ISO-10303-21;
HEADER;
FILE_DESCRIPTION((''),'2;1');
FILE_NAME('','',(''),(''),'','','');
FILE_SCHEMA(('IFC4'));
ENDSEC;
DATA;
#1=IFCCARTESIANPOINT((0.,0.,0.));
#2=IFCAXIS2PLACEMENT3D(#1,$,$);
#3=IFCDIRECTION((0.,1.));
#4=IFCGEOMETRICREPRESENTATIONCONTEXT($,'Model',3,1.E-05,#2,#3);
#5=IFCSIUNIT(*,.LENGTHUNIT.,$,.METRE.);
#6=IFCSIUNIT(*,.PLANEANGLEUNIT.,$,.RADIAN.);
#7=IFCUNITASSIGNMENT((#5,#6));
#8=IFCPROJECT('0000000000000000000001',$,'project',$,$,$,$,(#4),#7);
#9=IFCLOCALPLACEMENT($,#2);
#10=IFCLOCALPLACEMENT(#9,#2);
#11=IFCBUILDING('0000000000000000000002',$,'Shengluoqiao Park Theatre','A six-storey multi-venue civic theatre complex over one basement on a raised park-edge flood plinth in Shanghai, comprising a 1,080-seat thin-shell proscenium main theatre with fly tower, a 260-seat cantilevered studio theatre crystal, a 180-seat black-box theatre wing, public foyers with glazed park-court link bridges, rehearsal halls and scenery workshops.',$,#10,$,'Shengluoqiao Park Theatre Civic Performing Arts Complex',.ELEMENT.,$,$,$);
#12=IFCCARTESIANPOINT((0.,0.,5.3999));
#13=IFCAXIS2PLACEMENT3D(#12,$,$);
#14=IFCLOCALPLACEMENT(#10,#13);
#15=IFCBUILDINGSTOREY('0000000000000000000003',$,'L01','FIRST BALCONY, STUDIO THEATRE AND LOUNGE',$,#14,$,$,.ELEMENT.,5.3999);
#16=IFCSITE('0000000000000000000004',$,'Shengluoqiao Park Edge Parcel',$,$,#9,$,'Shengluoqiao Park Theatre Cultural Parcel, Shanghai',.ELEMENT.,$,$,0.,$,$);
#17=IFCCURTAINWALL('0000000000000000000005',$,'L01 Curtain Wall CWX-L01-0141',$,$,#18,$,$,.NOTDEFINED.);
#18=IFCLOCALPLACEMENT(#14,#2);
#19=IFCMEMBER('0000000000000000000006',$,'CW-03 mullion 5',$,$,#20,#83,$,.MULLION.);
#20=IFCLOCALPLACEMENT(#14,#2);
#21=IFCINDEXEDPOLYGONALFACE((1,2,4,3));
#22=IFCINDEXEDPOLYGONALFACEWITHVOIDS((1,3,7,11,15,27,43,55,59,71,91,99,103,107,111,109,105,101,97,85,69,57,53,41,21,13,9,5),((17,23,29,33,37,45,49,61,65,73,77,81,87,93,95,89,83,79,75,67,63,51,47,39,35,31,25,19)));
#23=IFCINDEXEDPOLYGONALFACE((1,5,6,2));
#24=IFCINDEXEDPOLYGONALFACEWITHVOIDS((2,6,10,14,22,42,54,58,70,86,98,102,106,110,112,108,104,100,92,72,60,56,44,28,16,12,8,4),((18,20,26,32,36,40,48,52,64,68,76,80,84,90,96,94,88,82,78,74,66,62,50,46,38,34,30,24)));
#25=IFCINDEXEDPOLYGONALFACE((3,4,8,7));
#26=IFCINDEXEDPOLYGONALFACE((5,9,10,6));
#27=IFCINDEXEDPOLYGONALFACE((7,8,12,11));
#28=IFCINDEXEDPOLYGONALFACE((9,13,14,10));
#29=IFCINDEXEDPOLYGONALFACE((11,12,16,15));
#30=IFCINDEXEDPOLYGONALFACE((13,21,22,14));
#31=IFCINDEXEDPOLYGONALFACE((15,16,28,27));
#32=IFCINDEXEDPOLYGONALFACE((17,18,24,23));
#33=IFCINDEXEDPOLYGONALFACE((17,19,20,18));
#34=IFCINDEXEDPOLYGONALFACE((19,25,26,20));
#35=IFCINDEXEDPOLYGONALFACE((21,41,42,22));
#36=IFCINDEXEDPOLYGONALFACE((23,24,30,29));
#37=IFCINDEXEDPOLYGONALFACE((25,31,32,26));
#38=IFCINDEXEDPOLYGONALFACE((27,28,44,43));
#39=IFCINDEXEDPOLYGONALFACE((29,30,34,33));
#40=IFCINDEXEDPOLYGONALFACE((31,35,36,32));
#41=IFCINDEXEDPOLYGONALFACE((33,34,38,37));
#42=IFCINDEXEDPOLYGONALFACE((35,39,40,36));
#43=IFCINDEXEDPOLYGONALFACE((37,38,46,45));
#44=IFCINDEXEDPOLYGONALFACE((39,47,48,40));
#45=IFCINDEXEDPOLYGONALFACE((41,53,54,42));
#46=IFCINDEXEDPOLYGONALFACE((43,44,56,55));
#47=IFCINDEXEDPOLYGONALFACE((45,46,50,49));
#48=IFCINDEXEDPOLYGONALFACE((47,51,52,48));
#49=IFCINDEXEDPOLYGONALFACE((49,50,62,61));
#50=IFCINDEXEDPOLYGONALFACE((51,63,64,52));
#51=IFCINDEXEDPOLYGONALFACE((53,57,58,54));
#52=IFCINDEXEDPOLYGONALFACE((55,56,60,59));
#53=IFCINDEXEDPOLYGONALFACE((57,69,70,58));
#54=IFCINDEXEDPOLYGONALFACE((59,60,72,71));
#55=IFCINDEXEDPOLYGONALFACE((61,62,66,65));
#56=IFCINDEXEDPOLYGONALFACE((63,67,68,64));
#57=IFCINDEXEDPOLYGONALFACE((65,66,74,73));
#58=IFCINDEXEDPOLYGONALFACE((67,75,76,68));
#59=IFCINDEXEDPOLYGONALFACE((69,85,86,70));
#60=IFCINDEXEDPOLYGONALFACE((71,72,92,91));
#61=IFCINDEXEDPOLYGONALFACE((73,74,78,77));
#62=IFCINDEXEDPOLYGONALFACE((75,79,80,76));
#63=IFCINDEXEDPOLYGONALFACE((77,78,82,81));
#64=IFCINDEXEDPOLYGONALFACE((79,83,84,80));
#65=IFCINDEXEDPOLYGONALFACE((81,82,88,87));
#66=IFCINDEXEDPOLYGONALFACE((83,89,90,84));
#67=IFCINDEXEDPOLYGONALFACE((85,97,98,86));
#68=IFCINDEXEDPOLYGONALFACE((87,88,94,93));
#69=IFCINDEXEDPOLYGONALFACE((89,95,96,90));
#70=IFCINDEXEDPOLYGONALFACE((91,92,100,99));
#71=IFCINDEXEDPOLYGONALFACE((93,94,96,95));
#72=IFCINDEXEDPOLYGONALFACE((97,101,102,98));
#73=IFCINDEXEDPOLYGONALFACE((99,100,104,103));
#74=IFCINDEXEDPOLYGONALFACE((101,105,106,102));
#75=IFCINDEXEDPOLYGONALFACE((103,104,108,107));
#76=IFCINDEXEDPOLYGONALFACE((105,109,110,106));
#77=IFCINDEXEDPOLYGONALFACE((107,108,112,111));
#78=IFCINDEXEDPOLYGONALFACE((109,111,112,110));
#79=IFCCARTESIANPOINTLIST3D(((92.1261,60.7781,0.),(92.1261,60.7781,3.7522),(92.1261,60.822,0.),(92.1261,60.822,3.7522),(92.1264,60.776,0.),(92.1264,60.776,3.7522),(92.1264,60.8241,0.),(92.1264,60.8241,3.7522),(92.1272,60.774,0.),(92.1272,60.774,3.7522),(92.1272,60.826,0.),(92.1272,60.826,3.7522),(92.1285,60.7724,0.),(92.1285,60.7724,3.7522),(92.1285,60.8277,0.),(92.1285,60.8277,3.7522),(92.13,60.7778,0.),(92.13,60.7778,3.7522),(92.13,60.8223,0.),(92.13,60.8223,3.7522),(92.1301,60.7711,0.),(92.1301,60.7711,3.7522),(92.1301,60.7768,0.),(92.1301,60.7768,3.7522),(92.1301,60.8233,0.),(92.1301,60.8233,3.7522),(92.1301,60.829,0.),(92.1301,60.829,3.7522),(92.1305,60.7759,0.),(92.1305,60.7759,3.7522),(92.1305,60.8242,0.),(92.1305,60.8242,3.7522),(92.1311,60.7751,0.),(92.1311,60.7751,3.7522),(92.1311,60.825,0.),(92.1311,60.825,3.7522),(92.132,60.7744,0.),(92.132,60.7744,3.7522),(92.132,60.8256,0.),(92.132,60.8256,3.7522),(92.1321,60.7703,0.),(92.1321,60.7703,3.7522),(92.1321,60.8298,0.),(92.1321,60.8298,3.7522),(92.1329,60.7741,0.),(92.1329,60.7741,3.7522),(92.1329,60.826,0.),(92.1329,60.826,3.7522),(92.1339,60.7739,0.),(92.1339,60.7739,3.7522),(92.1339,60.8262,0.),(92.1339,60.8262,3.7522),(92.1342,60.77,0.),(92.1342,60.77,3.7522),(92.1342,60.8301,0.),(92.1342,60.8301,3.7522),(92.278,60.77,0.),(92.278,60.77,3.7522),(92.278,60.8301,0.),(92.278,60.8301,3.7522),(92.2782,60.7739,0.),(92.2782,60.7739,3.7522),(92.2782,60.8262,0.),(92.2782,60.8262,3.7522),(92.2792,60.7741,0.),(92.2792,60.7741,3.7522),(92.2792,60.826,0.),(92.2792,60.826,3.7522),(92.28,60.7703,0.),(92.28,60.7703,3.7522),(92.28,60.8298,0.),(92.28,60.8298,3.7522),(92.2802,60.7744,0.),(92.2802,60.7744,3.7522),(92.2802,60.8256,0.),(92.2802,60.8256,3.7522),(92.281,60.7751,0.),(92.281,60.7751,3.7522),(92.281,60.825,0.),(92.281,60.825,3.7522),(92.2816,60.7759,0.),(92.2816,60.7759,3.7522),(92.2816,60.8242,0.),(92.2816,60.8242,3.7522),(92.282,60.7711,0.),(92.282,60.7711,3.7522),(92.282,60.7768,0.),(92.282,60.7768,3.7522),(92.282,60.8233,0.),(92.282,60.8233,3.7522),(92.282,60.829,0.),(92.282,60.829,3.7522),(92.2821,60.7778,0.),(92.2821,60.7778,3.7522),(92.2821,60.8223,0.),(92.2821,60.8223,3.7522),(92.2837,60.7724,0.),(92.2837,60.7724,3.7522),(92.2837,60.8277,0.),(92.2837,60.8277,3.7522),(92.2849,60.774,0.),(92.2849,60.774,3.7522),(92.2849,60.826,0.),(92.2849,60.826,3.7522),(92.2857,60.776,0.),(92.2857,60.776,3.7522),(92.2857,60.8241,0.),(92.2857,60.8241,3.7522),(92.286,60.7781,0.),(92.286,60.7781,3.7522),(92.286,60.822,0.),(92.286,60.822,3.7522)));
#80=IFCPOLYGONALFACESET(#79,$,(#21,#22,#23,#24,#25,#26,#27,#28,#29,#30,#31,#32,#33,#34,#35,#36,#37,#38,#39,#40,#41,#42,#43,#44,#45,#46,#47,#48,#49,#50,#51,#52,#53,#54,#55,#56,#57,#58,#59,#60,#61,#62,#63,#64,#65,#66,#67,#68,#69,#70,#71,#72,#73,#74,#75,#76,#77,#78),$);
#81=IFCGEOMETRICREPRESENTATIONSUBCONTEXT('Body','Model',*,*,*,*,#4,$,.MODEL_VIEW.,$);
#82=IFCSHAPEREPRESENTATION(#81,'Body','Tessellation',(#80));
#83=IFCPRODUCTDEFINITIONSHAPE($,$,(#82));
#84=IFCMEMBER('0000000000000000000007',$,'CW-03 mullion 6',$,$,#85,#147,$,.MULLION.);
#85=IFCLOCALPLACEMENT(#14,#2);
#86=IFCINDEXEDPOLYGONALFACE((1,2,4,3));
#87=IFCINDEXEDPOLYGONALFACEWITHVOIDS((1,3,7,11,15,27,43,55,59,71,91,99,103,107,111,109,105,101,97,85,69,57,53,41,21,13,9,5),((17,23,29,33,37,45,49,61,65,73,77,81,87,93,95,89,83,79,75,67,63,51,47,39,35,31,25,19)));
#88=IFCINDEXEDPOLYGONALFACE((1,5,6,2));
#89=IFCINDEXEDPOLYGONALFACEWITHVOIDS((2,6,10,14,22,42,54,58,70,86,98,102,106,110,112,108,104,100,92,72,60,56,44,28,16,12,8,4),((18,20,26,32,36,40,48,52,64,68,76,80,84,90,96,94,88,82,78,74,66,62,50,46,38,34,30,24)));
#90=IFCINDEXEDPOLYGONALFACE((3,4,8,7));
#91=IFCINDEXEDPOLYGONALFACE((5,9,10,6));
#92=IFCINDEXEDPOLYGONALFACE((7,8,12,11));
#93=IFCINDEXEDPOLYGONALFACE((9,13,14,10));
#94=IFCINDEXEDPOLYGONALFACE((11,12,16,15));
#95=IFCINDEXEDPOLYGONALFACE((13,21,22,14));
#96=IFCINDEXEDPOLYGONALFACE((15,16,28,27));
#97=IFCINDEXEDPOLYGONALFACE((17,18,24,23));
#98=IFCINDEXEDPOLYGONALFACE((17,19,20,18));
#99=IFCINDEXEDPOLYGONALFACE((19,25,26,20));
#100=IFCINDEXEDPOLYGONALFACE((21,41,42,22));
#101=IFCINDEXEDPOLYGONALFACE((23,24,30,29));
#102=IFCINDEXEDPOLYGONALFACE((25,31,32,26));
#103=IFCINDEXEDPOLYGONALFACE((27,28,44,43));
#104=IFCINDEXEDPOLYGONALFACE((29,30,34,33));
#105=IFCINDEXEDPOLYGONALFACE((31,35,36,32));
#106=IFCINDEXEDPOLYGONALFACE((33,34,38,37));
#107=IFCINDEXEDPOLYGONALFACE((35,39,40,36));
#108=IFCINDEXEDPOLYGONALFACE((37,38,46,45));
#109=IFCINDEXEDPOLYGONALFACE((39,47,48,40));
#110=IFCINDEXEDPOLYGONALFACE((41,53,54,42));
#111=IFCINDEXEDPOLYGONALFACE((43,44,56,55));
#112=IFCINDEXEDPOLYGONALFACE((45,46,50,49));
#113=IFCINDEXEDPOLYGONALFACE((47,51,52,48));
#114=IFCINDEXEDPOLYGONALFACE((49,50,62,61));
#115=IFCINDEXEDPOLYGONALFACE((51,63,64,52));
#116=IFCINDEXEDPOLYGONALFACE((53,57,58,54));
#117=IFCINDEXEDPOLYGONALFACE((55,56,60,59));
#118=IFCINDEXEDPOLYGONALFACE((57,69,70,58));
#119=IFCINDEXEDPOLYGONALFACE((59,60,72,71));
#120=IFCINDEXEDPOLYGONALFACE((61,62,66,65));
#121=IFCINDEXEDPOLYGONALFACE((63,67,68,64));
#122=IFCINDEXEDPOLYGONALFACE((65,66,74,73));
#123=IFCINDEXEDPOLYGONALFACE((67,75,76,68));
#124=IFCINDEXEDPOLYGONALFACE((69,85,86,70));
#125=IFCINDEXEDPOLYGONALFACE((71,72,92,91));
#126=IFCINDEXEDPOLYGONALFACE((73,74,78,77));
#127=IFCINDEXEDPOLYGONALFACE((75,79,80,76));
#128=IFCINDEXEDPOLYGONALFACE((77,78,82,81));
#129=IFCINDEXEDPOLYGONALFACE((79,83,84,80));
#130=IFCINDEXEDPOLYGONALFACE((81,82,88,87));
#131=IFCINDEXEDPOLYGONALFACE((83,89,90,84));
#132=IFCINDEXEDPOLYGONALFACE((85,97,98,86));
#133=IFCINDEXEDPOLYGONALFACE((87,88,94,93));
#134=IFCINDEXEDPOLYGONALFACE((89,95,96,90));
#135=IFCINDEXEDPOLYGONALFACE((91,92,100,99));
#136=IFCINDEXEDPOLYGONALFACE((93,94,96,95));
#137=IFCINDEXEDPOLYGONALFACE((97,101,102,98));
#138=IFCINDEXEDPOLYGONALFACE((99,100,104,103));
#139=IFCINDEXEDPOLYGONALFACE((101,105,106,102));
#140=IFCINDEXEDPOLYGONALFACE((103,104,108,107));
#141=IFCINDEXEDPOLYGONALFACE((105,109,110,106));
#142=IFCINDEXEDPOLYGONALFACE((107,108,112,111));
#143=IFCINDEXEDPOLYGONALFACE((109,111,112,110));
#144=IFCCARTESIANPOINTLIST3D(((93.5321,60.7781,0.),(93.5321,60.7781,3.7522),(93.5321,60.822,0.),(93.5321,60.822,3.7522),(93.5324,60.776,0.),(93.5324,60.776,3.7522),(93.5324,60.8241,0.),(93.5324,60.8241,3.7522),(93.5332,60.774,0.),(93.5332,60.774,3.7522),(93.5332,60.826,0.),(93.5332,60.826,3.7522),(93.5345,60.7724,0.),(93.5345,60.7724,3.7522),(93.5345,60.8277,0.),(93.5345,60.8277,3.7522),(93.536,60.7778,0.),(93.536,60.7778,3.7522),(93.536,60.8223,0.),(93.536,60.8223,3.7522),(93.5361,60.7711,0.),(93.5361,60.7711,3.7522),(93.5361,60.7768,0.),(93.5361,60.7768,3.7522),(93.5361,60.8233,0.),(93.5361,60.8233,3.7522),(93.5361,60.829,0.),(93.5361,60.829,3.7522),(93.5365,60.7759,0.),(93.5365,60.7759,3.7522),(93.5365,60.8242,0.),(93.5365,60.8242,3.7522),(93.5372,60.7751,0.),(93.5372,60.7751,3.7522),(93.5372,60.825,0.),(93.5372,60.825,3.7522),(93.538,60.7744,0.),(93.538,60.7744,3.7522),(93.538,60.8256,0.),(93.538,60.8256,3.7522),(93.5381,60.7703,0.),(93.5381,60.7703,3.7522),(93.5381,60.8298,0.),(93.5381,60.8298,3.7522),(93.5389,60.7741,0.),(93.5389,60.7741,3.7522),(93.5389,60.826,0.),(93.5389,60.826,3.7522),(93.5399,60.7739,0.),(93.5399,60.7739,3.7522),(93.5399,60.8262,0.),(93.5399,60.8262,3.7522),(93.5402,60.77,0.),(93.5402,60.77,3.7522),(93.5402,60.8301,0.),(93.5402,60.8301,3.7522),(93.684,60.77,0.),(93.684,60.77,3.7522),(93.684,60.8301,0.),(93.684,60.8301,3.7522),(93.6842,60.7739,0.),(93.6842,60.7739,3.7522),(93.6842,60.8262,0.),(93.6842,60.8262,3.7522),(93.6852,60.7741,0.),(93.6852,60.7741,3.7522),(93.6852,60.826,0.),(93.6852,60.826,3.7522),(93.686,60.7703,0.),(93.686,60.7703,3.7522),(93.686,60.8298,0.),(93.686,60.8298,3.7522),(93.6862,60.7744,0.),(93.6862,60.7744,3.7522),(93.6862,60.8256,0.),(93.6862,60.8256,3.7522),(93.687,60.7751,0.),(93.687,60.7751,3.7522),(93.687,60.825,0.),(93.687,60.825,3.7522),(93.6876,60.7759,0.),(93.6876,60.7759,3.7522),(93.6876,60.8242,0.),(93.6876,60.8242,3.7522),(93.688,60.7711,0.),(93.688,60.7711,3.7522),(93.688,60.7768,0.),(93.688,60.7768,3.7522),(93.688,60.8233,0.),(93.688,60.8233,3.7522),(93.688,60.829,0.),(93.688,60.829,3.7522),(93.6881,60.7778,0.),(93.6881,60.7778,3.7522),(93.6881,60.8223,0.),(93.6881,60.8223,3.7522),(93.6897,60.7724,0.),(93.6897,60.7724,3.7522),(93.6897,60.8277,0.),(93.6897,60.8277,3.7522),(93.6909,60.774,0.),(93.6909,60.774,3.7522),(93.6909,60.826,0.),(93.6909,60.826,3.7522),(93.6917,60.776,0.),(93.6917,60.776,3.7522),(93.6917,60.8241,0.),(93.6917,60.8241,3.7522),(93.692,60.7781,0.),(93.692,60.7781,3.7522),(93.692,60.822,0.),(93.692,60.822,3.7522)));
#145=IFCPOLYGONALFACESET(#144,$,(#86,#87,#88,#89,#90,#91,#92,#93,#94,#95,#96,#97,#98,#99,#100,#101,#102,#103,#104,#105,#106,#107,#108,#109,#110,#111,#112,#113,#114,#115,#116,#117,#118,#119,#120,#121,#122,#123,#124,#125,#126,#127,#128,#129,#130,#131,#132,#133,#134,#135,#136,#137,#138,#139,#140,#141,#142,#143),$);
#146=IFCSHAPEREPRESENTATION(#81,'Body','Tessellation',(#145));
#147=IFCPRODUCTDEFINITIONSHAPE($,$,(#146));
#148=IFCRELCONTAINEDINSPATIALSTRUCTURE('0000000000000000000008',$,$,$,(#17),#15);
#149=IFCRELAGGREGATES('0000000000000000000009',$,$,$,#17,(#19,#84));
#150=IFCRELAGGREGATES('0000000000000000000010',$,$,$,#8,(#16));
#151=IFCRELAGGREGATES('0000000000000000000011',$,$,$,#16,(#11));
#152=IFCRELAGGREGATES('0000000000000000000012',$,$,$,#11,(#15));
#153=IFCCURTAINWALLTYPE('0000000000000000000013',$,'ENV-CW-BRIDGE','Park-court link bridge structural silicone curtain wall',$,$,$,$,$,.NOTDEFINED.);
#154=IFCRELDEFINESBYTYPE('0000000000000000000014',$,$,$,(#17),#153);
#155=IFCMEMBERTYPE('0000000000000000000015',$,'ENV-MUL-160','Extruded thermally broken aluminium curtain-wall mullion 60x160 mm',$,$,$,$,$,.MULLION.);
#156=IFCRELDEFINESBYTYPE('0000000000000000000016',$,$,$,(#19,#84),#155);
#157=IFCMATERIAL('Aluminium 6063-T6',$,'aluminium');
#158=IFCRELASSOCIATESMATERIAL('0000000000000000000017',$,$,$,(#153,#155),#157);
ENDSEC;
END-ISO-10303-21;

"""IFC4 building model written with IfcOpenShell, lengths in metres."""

from ifc_helpers import new_model, si_unit, direction, frame, origin, origin_2d, place, context, subcontext, project, spatial, hollow_rectangle, extrude, material, material_profile, profile_set, type_object, element, aggregate, save


model = new_model("IFC4")

# Units and contexts
model_context = context("Model", 3, precision=1e-05, world=origin(), true_north=direction((0.0, 1.0)))
body_context = subcontext(model_context, "Body", "Model", "MODEL_VIEW")
ifc_project = project(units=[si_unit("LENGTHUNIT", "METRE"), si_unit("PLANEANGLEUNIT", "RADIAN")], contexts=[model_context])

# Site, building, storey
site_placement = place(None, origin())
site = spatial("IfcSite", under=ifc_project, at=site_placement, Name="Shengluoqiao Park Edge Parcel", LongName="Shengluoqiao Park Theatre Cultural Parcel, Shanghai", CompositionType="ELEMENT", RefElevation=0.0)
building_placement = place(site_placement, origin())
building = spatial("IfcBuilding", under=site, at=building_placement, Name="Shengluoqiao Park Theatre", Description="A six-storey multi-venue civic theatre complex over one basement on a raised park-edge flood plinth in Shanghai, comprising a 1,080-seat thin-shell proscenium main theatre with fly tower, a 260-seat cantilevered studio theatre crystal, a 180-seat black-box theatre wing, public foyers with glazed park-court link bridges, rehearsal halls and scenery workshops.", LongName="Shengluoqiao Park Theatre Civic Performing Arts Complex", CompositionType="ELEMENT")
storey_placement = place(building_placement, frame((0.0, 0.0, 5.3999)))
storey = spatial("IfcBuildingStorey", under=building, at=storey_placement, Name="L01", Description="FIRST BALCONY, STUDIO THEATRE AND LOUNGE", CompositionType="ELEMENT", Elevation=5.3999)

# Shared definitions
ifc_material_1 = material(Name="Aluminium 6063-T6", Category="aluminium")
curtain_wall_type = type_object("IfcCurtainWallType", Name="ENV-CW-BRIDGE", Description="Park-court link bridge structural silicone curtain wall", PredefinedType="NOTDEFINED", material=ifc_material_1)
ifc_material_profile_1 = material_profile(ifc_material_1, hollow_rectangle(XDim=0.0601, YDim=0.1599, WallThickness=0.0039, InnerFilletRadius=0.0039, OuterFilletRadius=0.0081, at=origin_2d()), Name="ALU MULLION 160x60x4")
ifc_profile_set_1 = profile_set([ifc_material_profile_1], Name="Aluminium 6063-T6")
member_type_1 = type_object("IfcMemberType", Name="ENV-MUL-160", Description="Extruded thermally broken aluminium curtain-wall mullion 60x160 mm", PredefinedType="MULLION", material=ifc_profile_set_1)

# Curtain wall, members
curtain_wall_1_placement = place(storey_placement, origin())
curtain_wall_1 = element("IfcCurtainWall", 1, at=curtain_wall_1_placement, inside=storey, type_object=curtain_wall_type, Name="L01 Curtain Wall CWX-L01-0141", PredefinedType="NOTDEFINED")
member_1_placement = place(storey_placement, frame((92.2061, 60.8, 0.0), z_axis=(0.0, 0.0, 1.0), x_axis=(0.0, 1.0, 0.0)))
member_1 = element("IfcMember", 2, at=member_1_placement, type_object=member_type_1, Name="CW-03 mullion 5", PredefinedType="MULLION", context=body_context, shape_type="SweptSolid", body=[
    extrude(hollow_rectangle(XDim=0.0601, YDim=0.1599, WallThickness=0.0039, InnerFilletRadius=0.0039, OuterFilletRadius=0.0081, at=origin_2d()), origin(), (0.0, 0.0, 1.0), 3.7522),
])
member_2_placement = place(storey_placement, frame((93.6121, 60.8, 0.0), z_axis=(0.0, 0.0, 1.0), x_axis=(0.0, 1.0, 0.0)))
member_2 = element("IfcMember", 3, at=member_2_placement, type_object=member_type_1, Name="CW-03 mullion 6", PredefinedType="MULLION", context=body_context, shape_type="SweptSolid", body=[
    extrude(hollow_rectangle(XDim=0.0601, YDim=0.1599, WallThickness=0.0039, InnerFilletRadius=0.0039, OuterFilletRadius=0.0081, at=origin_2d()), origin(), (0.0, 0.0, 1.0), 3.7522),
])

aggregate(curtain_wall_1, [member_1, member_2])

save(model, "model.ifc")
